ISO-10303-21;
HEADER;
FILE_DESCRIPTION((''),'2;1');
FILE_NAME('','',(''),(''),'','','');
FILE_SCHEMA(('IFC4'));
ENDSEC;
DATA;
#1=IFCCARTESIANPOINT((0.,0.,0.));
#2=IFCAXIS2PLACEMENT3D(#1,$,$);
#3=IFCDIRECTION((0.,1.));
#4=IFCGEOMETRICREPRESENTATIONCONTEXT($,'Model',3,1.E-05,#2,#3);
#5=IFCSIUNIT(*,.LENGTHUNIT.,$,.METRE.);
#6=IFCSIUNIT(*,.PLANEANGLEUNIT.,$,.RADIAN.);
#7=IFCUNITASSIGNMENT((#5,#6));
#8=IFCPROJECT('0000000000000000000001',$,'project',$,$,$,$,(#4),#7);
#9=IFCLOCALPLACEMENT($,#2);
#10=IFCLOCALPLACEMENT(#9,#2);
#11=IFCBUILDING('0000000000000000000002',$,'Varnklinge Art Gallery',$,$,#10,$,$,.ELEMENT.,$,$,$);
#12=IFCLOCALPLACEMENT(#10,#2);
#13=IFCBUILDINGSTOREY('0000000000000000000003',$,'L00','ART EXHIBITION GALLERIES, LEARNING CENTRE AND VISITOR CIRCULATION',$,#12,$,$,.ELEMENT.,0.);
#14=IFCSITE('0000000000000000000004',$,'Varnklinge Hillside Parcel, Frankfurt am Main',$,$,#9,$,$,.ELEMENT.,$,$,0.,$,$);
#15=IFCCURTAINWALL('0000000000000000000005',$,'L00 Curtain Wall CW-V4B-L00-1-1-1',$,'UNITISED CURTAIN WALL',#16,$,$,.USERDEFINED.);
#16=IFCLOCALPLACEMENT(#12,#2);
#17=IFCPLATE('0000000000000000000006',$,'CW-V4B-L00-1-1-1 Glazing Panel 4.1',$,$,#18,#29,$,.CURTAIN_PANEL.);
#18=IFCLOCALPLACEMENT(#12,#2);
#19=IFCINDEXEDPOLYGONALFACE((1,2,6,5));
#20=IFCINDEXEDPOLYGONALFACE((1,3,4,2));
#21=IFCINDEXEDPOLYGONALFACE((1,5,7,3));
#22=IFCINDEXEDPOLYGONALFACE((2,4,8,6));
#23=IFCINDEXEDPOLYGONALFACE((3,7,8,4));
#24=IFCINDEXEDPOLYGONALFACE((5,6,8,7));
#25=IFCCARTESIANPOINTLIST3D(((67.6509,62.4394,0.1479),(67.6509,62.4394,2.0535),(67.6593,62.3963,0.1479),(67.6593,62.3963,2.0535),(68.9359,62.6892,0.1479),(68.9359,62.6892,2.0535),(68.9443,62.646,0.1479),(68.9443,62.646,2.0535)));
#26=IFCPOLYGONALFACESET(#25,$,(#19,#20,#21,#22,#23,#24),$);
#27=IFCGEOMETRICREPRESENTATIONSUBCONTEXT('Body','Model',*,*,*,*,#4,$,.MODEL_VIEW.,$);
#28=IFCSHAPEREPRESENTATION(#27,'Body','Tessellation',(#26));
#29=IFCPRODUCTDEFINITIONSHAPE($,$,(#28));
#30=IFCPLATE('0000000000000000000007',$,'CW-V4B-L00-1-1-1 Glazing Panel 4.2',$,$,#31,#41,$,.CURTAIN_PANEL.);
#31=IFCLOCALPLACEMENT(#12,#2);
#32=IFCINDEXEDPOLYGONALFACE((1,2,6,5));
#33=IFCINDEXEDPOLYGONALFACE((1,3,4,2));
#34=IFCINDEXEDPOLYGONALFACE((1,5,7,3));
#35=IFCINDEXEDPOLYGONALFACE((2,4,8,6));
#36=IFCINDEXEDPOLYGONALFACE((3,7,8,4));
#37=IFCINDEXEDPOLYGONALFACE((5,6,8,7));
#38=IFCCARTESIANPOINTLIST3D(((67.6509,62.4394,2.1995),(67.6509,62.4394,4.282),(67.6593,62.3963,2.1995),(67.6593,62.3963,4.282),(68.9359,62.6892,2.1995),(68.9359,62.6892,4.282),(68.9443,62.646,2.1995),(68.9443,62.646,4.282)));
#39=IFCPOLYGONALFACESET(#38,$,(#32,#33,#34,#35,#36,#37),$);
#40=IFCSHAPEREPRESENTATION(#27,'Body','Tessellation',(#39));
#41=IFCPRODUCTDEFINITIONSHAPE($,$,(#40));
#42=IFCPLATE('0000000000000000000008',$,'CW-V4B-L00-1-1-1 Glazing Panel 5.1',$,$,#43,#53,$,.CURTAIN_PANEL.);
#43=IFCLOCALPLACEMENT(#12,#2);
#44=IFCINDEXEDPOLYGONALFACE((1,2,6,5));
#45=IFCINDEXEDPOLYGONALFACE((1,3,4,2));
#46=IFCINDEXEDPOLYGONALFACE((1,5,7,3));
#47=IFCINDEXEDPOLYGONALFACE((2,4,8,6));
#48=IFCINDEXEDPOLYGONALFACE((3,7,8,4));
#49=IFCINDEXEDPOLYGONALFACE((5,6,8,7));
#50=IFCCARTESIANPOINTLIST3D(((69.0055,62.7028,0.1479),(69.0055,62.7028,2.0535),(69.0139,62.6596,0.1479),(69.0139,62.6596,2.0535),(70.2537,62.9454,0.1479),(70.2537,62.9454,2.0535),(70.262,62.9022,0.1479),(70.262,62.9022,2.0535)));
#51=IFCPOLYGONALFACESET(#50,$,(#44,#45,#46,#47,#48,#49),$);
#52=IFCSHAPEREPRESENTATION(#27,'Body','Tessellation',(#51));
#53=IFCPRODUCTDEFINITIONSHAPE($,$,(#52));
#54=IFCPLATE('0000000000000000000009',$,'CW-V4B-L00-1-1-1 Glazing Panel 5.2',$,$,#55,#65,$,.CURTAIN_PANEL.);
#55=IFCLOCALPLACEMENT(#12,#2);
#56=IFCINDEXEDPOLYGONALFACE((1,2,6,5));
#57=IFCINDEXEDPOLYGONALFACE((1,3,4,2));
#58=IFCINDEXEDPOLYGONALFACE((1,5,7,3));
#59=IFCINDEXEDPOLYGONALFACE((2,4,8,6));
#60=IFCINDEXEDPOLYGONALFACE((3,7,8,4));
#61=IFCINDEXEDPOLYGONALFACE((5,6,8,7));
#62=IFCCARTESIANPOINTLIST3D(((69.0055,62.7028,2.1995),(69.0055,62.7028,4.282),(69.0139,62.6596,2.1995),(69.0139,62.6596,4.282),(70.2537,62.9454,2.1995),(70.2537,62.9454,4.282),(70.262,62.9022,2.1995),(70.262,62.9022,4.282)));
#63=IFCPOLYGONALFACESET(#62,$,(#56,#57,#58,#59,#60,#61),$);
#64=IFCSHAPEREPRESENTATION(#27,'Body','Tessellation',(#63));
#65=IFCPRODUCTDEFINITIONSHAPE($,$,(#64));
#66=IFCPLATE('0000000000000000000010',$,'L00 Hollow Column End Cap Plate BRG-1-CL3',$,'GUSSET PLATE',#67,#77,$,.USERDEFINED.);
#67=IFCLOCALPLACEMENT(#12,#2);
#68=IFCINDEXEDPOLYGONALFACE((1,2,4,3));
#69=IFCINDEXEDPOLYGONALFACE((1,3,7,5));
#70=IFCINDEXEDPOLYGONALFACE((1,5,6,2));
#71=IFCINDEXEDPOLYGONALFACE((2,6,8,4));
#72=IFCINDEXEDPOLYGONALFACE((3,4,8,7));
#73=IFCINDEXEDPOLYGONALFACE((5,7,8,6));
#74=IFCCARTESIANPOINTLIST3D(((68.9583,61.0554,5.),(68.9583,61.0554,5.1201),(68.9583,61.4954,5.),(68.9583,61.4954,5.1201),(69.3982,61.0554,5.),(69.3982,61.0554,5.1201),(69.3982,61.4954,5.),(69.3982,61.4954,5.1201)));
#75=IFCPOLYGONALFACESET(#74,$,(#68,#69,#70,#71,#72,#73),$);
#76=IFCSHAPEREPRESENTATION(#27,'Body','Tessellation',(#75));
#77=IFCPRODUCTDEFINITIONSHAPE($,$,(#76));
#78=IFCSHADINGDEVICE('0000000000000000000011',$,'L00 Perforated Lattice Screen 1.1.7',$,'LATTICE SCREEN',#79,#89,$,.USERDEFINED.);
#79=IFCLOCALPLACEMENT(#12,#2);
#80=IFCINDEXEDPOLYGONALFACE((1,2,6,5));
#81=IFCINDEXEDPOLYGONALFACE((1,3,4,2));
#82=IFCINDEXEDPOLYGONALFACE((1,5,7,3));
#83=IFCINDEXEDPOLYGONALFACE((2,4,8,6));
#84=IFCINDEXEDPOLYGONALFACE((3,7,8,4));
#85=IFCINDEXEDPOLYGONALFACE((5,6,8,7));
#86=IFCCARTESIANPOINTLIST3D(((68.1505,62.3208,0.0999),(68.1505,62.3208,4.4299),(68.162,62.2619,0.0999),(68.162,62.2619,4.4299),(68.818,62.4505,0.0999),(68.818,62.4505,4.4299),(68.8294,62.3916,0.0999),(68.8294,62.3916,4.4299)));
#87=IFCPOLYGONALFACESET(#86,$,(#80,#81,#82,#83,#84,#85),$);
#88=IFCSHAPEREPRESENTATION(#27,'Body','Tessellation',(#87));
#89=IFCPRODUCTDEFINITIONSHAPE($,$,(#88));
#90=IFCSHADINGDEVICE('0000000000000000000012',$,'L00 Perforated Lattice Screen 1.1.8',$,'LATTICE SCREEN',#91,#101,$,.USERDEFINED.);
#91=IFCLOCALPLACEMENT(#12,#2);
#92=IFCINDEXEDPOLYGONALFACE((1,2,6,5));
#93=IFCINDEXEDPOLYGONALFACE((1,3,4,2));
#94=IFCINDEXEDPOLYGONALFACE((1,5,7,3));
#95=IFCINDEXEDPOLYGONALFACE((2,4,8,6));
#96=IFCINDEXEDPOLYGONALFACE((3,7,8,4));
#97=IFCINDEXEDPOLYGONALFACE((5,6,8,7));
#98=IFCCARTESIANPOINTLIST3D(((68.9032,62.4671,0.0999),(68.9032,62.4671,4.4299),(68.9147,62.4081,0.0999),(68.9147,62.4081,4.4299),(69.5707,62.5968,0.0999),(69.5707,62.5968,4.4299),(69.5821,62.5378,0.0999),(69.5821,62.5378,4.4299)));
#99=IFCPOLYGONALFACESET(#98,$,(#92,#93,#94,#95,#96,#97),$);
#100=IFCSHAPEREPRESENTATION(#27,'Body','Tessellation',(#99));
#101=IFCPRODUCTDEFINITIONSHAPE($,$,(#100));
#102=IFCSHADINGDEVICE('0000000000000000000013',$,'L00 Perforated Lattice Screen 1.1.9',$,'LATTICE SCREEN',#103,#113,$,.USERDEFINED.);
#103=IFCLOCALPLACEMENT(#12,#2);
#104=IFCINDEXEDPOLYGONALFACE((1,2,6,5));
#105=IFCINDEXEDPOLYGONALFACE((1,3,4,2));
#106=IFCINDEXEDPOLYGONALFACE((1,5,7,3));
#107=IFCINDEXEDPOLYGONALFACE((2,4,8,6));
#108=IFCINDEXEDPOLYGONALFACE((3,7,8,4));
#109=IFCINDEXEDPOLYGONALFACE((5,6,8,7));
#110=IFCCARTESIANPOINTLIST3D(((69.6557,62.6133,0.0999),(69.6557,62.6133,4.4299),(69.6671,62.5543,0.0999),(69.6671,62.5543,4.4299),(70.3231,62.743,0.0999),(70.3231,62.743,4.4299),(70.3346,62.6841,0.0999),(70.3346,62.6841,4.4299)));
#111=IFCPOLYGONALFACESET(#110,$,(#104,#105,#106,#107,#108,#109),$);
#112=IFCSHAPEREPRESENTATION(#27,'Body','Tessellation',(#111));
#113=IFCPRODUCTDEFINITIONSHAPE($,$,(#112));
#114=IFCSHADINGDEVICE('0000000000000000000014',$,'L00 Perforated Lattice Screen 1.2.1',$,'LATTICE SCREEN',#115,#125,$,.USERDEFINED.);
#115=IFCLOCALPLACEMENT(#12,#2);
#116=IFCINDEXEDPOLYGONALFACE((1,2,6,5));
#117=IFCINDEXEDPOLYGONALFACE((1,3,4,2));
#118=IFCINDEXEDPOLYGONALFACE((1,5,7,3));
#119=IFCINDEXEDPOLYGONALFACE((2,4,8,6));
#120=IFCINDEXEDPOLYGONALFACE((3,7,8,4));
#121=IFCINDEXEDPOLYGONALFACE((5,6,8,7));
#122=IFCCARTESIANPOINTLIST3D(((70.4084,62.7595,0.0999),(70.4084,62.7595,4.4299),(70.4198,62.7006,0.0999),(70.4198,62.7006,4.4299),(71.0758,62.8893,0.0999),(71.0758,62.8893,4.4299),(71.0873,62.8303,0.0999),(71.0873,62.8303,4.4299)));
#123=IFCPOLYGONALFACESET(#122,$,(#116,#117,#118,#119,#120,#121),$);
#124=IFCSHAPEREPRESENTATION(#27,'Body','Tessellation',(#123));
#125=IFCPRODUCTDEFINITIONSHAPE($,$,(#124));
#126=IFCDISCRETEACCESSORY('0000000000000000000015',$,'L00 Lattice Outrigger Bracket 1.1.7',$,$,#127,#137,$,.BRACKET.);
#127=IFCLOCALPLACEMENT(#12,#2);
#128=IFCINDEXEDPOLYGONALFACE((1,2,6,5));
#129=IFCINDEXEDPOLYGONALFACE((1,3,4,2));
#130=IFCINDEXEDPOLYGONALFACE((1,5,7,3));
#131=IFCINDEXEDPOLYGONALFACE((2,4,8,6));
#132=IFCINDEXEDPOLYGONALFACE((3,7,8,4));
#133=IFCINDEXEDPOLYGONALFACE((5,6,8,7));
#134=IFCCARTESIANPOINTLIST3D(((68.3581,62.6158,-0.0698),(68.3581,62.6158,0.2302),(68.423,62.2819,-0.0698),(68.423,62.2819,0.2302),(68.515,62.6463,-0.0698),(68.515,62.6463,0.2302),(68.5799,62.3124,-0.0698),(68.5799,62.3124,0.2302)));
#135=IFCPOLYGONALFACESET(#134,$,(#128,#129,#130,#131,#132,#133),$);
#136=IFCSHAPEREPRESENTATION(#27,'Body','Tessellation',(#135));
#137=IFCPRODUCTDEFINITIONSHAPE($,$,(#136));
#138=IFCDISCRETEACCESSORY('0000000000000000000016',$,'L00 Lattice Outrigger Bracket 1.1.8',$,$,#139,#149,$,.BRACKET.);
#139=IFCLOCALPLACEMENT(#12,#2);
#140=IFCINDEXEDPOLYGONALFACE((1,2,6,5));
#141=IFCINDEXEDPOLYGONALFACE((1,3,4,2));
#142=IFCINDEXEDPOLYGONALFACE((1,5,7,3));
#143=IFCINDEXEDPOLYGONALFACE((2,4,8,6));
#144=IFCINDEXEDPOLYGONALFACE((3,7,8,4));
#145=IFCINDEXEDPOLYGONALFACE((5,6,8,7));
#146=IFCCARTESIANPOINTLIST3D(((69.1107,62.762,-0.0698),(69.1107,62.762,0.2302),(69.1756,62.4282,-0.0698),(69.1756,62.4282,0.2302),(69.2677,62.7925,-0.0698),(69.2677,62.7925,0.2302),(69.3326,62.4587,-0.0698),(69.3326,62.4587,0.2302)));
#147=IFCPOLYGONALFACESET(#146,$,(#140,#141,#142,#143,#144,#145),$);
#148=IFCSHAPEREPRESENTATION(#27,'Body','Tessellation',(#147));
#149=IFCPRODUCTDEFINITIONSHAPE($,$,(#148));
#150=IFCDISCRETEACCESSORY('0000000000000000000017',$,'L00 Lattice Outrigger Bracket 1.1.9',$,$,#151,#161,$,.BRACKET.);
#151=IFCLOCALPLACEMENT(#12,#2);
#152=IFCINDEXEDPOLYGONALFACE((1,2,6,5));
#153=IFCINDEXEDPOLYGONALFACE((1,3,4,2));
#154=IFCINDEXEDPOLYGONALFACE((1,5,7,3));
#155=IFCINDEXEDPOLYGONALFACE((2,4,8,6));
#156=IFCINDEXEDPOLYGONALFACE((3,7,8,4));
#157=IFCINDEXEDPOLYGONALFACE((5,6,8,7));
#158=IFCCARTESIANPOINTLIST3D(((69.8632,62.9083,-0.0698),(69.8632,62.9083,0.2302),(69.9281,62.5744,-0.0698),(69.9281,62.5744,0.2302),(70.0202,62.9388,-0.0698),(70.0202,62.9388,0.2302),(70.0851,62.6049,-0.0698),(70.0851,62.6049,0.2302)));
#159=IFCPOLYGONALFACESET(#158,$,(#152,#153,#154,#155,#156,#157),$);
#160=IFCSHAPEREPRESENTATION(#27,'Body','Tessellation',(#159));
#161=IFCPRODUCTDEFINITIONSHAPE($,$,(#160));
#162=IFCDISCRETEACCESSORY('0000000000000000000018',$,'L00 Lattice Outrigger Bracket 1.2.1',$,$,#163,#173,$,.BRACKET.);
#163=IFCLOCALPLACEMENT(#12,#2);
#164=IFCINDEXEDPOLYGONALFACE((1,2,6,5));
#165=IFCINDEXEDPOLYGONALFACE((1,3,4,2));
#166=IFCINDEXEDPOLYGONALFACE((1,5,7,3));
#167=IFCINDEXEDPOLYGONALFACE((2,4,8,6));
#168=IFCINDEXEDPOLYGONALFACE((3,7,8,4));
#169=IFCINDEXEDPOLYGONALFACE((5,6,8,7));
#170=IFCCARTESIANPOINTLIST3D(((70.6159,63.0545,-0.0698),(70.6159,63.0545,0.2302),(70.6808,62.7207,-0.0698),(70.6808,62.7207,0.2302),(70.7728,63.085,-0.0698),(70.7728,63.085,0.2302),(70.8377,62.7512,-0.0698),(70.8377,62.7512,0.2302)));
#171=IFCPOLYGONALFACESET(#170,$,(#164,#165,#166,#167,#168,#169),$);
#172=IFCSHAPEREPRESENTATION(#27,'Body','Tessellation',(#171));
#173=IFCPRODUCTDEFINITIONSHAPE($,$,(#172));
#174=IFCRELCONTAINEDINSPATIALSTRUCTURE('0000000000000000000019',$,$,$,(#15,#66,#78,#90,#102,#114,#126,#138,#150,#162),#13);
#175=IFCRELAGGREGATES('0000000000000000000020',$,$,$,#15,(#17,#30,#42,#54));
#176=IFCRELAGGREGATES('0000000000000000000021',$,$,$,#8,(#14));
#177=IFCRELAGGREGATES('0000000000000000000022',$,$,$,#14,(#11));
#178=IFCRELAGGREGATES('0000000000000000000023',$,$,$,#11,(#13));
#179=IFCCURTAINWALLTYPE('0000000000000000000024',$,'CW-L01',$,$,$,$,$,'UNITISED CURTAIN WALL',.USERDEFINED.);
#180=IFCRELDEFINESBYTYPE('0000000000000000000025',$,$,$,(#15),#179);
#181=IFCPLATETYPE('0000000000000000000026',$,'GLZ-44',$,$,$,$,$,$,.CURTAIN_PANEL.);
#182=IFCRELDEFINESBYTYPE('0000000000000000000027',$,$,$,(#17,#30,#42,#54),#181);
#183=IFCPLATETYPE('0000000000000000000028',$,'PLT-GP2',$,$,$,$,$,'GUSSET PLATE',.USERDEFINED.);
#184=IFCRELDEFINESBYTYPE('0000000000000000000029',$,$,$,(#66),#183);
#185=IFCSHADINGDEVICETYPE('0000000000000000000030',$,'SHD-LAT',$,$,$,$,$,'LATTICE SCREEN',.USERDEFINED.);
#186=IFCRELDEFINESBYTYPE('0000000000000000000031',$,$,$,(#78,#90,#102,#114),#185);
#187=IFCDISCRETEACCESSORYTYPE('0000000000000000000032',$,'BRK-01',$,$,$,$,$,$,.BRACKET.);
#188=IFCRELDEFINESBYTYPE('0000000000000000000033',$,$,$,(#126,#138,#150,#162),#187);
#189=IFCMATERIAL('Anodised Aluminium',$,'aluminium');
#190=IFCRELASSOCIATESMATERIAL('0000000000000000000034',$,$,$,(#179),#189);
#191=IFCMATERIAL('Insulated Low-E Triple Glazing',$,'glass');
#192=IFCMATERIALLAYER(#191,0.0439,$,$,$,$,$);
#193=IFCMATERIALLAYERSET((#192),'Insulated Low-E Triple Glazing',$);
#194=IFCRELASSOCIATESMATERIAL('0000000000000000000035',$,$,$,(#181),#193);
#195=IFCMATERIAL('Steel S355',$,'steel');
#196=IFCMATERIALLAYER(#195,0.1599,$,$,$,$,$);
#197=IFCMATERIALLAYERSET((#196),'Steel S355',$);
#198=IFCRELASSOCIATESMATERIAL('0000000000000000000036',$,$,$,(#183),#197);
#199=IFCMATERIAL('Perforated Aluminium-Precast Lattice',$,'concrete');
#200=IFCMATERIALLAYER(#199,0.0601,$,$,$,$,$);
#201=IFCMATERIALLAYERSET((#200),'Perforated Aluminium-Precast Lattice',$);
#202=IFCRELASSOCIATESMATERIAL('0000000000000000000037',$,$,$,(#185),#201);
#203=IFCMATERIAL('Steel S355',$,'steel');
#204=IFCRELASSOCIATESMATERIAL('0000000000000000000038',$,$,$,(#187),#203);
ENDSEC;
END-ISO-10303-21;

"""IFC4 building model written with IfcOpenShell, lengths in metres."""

from ifc_helpers import new_model, si_unit, direction, frame, origin, origin_2d, place, context, subcontext, project, spatial, rectangle, extrude, material, layer, layer_set, type_object, element, aggregate, save


model = new_model("IFC4")

# Units and contexts
model_context = context("Model", 3, precision=1e-05, world=origin(), true_north=direction((0.0, 1.0)))
body_context = subcontext(model_context, "Body", "Model", "MODEL_VIEW")
ifc_project = project(units=[si_unit("LENGTHUNIT", "METRE"), si_unit("PLANEANGLEUNIT", "RADIAN")], contexts=[model_context])

# Site, building, storey
site_placement = place(None, origin())
site = spatial("IfcSite", under=ifc_project, at=site_placement, Name="Varnklinge Hillside Parcel, Frankfurt am Main", CompositionType="ELEMENT", RefElevation=0.0)
building_placement = place(site_placement, origin())
building = spatial("IfcBuilding", under=site, at=building_placement, Name="Varnklinge Art Gallery", CompositionType="ELEMENT")
storey_placement = place(building_placement, origin())
storey = spatial("IfcBuildingStorey", under=building, at=storey_placement, Name="L00", Description="ART EXHIBITION GALLERIES, LEARNING CENTRE AND VISITOR CIRCULATION", CompositionType="ELEMENT", Elevation=0.0)

# Curtain wall
ifc_material_1 = material(Name="Anodised Aluminium", Category="aluminium")
curtain_wall_type = type_object("IfcCurtainWallType", Name="CW-L01", ElementType="UNITISED CURTAIN WALL", PredefinedType="USERDEFINED", material=ifc_material_1)
curtain_wall_1_placement = place(storey_placement, origin())
curtain_wall_1 = element("IfcCurtainWall", 1, at=curtain_wall_1_placement, inside=storey, type_object=curtain_wall_type, Name="L00 Curtain Wall CW-V4B-L00-1-1-1", ObjectType="UNITISED CURTAIN WALL", PredefinedType="USERDEFINED")

# Plates
ifc_material_2 = material(Name="Insulated Low-E Triple Glazing", Category="glass")
ifc_layer_1 = layer(ifc_material_2, 0.0439)
ifc_layer_set_1 = layer_set([ifc_layer_1], Name="Insulated Low-E Triple Glazing")
plate_type_1 = type_object("IfcPlateType", Name="GLZ-44", PredefinedType="CURTAIN_PANEL", material=ifc_layer_set_1)
plate_1_placement = place(storey_placement, frame((68.2976, 62.5427, 0.1479), z_axis=(0.0, 0.0, 1.0), x_axis=(0.981627, 0.190809, 0.0)))
plate_1 = element("IfcPlate", 2, at=plate_1_placement, type_object=plate_type_1, Name="CW-V4B-L00-1-1-1 Glazing Panel 4.1", PredefinedType="CURTAIN_PANEL", context=body_context, shape_type="SweptSolid", body=[
    extrude(rectangle(XDim=1.3091, YDim=0.0439, at=origin_2d()), origin(), (0.0, 0.0, 1.0), 1.9055),
])
plate_2_placement = place(storey_placement, frame((68.2976, 62.5427, 2.1995), z_axis=(0.0, 0.0, 1.0), x_axis=(0.981627, 0.190809, 0.0)))
plate_2 = element("IfcPlate", 3, at=plate_2_placement, type_object=plate_type_1, Name="CW-V4B-L00-1-1-1 Glazing Panel 4.2", PredefinedType="CURTAIN_PANEL", context=body_context, shape_type="SweptSolid", body=[
    extrude(rectangle(XDim=1.3091, YDim=0.0439, at=origin_2d()), origin(), (0.0, 0.0, 1.0), 2.0825),
])
plate_3_placement = place(storey_placement, frame((69.6338, 62.8025, 0.1479), z_axis=(0.0, 0.0, 1.0), x_axis=(0.981627, 0.190809, 0.0)))
plate_3 = element("IfcPlate", 4, at=plate_3_placement, type_object=plate_type_1, Name="CW-V4B-L00-1-1-1 Glazing Panel 5.1", PredefinedType="CURTAIN_PANEL", context=body_context, shape_type="SweptSolid", body=[
    extrude(rectangle(XDim=1.2715, YDim=0.0439, at=origin_2d()), origin(), (0.0, 0.0, 1.0), 1.9055),
])
plate_4_placement = place(storey_placement, frame((69.6338, 62.8025, 2.1995), z_axis=(0.0, 0.0, 1.0), x_axis=(0.981627, 0.190809, 0.0)))
plate_4 = element("IfcPlate", 5, at=plate_4_placement, type_object=plate_type_1, Name="CW-V4B-L00-1-1-1 Glazing Panel 5.2", PredefinedType="CURTAIN_PANEL", context=body_context, shape_type="SweptSolid", body=[
    extrude(rectangle(XDim=1.2715, YDim=0.0439, at=origin_2d()), origin(), (0.0, 0.0, 1.0), 2.0825),
])
aggregate(curtain_wall_1, [plate_1, plate_2, plate_3, plate_4])
ifc_material_3 = material(Name="Steel S355", Category="steel")
ifc_layer_2 = layer(ifc_material_3, 0.1599)
ifc_layer_set_2 = layer_set([ifc_layer_2], Name="Steel S355")
plate_type_2 = type_object("IfcPlateType", Name="PLT-GP2", ElementType="GUSSET PLATE", PredefinedType="USERDEFINED", material=ifc_layer_set_2)
plate_5_placement = place(storey_placement, frame((69.1782, 61.2754, 5.0), z_axis=(0.0, 0.0, 1.0), x_axis=(1.0, 0.0, 0.0)))
element("IfcPlate", 6, at=plate_5_placement, inside=storey, type_object=plate_type_2, Name="L00 Hollow Column End Cap Plate BRG-1-CL3", ObjectType="GUSSET PLATE", PredefinedType="USERDEFINED", context=body_context, shape_type="SweptSolid", body=[
    extrude(rectangle(XDim=0.4399, YDim=0.4399, at=origin_2d()), origin(), (0.0, 0.0, 1.0), 0.1201),
])

# Shading devices
ifc_material_4 = material(Name="Perforated Aluminium-Precast Lattice", Category="concrete")
ifc_layer_3 = layer(ifc_material_4, 0.0601)
ifc_layer_set_3 = layer_set([ifc_layer_3], Name="Perforated Aluminium-Precast Lattice")
shading_device_type = type_object("IfcShadingDeviceType", Name="SHD-LAT", ElementType="LATTICE SCREEN", PredefinedType="USERDEFINED", material=ifc_layer_set_3)
for number, where, z_axis, x_axis, name in (
    (7, (68.49, 62.3562, 0.0999), (0.0, 0.0, 1.0), (0.981627, 0.190809, 0.0), "L00 Perforated Lattice Screen 1.1.7"),
    (8, (69.2427, 62.5024, 0.0999), (0.0, 0.0, 1.0), (0.981627, 0.190809, 0.0), "L00 Perforated Lattice Screen 1.1.8"),
    (9, (69.9951, 62.6487, 0.0999), (0.0, 0.0, 1.0), (0.981627, 0.190809, 0.0), "L00 Perforated Lattice Screen 1.1.9"),
    (10, (70.7478, 62.7949, 0.0999), (0.0, 0.0, 1.0), (0.981627, 0.190809, 0.0), "L00 Perforated Lattice Screen 1.2.1"),
):
    element("IfcShadingDevice", number, at=place(storey_placement, frame(where, z_axis=z_axis, x_axis=x_axis)), inside=storey, type_object=shading_device_type, Name=name, ObjectType="LATTICE SCREEN", PredefinedType="USERDEFINED", context=body_context, shape_type="SweptSolid", body=[
        extrude(rectangle(XDim=0.6799, YDim=0.0601, at=origin_2d()), origin(), (0.0, 0.0, 1.0), 4.3301),
    ])

# Discrete accessories
ifc_material_5 = material(Name="Steel S355", Category="steel")
discrete_accessory_type = type_object("IfcDiscreteAccessoryType", Name="BRK-01", PredefinedType="BRACKET", material=ifc_material_5)
for number, where, z_axis, x_axis, name in (
    (11, (68.469, 62.4641, -0.0698), (0.0, 0.0, 1.0), (0.981627, 0.190809, 0.0), "L00 Lattice Outrigger Bracket 1.1.7"),
    (12, (69.2217, 62.6104, -0.0698), (0.0, 0.0, 1.0), (0.981627, 0.190809, 0.0), "L00 Lattice Outrigger Bracket 1.1.8"),
    (13, (69.9741, 62.7566, -0.0698), (0.0, 0.0, 1.0), (0.981627, 0.190809, 0.0), "L00 Lattice Outrigger Bracket 1.1.9"),
    (14, (70.7268, 62.9028, -0.0698), (0.0, 0.0, 1.0), (0.981627, 0.190809, 0.0), "L00 Lattice Outrigger Bracket 1.2.1"),
):
    element("IfcDiscreteAccessory", number, at=place(storey_placement, frame(where, z_axis=z_axis, x_axis=x_axis)), inside=storey, type_object=discrete_accessory_type, Name=name, PredefinedType="BRACKET", context=body_context, shape_type="SweptSolid", body=[
        extrude(rectangle(XDim=0.1599, YDim=0.3401, at=origin_2d()), origin(), (0.0, 0.0, 1.0), 0.3),
    ])

save(model, "model.ifc")
